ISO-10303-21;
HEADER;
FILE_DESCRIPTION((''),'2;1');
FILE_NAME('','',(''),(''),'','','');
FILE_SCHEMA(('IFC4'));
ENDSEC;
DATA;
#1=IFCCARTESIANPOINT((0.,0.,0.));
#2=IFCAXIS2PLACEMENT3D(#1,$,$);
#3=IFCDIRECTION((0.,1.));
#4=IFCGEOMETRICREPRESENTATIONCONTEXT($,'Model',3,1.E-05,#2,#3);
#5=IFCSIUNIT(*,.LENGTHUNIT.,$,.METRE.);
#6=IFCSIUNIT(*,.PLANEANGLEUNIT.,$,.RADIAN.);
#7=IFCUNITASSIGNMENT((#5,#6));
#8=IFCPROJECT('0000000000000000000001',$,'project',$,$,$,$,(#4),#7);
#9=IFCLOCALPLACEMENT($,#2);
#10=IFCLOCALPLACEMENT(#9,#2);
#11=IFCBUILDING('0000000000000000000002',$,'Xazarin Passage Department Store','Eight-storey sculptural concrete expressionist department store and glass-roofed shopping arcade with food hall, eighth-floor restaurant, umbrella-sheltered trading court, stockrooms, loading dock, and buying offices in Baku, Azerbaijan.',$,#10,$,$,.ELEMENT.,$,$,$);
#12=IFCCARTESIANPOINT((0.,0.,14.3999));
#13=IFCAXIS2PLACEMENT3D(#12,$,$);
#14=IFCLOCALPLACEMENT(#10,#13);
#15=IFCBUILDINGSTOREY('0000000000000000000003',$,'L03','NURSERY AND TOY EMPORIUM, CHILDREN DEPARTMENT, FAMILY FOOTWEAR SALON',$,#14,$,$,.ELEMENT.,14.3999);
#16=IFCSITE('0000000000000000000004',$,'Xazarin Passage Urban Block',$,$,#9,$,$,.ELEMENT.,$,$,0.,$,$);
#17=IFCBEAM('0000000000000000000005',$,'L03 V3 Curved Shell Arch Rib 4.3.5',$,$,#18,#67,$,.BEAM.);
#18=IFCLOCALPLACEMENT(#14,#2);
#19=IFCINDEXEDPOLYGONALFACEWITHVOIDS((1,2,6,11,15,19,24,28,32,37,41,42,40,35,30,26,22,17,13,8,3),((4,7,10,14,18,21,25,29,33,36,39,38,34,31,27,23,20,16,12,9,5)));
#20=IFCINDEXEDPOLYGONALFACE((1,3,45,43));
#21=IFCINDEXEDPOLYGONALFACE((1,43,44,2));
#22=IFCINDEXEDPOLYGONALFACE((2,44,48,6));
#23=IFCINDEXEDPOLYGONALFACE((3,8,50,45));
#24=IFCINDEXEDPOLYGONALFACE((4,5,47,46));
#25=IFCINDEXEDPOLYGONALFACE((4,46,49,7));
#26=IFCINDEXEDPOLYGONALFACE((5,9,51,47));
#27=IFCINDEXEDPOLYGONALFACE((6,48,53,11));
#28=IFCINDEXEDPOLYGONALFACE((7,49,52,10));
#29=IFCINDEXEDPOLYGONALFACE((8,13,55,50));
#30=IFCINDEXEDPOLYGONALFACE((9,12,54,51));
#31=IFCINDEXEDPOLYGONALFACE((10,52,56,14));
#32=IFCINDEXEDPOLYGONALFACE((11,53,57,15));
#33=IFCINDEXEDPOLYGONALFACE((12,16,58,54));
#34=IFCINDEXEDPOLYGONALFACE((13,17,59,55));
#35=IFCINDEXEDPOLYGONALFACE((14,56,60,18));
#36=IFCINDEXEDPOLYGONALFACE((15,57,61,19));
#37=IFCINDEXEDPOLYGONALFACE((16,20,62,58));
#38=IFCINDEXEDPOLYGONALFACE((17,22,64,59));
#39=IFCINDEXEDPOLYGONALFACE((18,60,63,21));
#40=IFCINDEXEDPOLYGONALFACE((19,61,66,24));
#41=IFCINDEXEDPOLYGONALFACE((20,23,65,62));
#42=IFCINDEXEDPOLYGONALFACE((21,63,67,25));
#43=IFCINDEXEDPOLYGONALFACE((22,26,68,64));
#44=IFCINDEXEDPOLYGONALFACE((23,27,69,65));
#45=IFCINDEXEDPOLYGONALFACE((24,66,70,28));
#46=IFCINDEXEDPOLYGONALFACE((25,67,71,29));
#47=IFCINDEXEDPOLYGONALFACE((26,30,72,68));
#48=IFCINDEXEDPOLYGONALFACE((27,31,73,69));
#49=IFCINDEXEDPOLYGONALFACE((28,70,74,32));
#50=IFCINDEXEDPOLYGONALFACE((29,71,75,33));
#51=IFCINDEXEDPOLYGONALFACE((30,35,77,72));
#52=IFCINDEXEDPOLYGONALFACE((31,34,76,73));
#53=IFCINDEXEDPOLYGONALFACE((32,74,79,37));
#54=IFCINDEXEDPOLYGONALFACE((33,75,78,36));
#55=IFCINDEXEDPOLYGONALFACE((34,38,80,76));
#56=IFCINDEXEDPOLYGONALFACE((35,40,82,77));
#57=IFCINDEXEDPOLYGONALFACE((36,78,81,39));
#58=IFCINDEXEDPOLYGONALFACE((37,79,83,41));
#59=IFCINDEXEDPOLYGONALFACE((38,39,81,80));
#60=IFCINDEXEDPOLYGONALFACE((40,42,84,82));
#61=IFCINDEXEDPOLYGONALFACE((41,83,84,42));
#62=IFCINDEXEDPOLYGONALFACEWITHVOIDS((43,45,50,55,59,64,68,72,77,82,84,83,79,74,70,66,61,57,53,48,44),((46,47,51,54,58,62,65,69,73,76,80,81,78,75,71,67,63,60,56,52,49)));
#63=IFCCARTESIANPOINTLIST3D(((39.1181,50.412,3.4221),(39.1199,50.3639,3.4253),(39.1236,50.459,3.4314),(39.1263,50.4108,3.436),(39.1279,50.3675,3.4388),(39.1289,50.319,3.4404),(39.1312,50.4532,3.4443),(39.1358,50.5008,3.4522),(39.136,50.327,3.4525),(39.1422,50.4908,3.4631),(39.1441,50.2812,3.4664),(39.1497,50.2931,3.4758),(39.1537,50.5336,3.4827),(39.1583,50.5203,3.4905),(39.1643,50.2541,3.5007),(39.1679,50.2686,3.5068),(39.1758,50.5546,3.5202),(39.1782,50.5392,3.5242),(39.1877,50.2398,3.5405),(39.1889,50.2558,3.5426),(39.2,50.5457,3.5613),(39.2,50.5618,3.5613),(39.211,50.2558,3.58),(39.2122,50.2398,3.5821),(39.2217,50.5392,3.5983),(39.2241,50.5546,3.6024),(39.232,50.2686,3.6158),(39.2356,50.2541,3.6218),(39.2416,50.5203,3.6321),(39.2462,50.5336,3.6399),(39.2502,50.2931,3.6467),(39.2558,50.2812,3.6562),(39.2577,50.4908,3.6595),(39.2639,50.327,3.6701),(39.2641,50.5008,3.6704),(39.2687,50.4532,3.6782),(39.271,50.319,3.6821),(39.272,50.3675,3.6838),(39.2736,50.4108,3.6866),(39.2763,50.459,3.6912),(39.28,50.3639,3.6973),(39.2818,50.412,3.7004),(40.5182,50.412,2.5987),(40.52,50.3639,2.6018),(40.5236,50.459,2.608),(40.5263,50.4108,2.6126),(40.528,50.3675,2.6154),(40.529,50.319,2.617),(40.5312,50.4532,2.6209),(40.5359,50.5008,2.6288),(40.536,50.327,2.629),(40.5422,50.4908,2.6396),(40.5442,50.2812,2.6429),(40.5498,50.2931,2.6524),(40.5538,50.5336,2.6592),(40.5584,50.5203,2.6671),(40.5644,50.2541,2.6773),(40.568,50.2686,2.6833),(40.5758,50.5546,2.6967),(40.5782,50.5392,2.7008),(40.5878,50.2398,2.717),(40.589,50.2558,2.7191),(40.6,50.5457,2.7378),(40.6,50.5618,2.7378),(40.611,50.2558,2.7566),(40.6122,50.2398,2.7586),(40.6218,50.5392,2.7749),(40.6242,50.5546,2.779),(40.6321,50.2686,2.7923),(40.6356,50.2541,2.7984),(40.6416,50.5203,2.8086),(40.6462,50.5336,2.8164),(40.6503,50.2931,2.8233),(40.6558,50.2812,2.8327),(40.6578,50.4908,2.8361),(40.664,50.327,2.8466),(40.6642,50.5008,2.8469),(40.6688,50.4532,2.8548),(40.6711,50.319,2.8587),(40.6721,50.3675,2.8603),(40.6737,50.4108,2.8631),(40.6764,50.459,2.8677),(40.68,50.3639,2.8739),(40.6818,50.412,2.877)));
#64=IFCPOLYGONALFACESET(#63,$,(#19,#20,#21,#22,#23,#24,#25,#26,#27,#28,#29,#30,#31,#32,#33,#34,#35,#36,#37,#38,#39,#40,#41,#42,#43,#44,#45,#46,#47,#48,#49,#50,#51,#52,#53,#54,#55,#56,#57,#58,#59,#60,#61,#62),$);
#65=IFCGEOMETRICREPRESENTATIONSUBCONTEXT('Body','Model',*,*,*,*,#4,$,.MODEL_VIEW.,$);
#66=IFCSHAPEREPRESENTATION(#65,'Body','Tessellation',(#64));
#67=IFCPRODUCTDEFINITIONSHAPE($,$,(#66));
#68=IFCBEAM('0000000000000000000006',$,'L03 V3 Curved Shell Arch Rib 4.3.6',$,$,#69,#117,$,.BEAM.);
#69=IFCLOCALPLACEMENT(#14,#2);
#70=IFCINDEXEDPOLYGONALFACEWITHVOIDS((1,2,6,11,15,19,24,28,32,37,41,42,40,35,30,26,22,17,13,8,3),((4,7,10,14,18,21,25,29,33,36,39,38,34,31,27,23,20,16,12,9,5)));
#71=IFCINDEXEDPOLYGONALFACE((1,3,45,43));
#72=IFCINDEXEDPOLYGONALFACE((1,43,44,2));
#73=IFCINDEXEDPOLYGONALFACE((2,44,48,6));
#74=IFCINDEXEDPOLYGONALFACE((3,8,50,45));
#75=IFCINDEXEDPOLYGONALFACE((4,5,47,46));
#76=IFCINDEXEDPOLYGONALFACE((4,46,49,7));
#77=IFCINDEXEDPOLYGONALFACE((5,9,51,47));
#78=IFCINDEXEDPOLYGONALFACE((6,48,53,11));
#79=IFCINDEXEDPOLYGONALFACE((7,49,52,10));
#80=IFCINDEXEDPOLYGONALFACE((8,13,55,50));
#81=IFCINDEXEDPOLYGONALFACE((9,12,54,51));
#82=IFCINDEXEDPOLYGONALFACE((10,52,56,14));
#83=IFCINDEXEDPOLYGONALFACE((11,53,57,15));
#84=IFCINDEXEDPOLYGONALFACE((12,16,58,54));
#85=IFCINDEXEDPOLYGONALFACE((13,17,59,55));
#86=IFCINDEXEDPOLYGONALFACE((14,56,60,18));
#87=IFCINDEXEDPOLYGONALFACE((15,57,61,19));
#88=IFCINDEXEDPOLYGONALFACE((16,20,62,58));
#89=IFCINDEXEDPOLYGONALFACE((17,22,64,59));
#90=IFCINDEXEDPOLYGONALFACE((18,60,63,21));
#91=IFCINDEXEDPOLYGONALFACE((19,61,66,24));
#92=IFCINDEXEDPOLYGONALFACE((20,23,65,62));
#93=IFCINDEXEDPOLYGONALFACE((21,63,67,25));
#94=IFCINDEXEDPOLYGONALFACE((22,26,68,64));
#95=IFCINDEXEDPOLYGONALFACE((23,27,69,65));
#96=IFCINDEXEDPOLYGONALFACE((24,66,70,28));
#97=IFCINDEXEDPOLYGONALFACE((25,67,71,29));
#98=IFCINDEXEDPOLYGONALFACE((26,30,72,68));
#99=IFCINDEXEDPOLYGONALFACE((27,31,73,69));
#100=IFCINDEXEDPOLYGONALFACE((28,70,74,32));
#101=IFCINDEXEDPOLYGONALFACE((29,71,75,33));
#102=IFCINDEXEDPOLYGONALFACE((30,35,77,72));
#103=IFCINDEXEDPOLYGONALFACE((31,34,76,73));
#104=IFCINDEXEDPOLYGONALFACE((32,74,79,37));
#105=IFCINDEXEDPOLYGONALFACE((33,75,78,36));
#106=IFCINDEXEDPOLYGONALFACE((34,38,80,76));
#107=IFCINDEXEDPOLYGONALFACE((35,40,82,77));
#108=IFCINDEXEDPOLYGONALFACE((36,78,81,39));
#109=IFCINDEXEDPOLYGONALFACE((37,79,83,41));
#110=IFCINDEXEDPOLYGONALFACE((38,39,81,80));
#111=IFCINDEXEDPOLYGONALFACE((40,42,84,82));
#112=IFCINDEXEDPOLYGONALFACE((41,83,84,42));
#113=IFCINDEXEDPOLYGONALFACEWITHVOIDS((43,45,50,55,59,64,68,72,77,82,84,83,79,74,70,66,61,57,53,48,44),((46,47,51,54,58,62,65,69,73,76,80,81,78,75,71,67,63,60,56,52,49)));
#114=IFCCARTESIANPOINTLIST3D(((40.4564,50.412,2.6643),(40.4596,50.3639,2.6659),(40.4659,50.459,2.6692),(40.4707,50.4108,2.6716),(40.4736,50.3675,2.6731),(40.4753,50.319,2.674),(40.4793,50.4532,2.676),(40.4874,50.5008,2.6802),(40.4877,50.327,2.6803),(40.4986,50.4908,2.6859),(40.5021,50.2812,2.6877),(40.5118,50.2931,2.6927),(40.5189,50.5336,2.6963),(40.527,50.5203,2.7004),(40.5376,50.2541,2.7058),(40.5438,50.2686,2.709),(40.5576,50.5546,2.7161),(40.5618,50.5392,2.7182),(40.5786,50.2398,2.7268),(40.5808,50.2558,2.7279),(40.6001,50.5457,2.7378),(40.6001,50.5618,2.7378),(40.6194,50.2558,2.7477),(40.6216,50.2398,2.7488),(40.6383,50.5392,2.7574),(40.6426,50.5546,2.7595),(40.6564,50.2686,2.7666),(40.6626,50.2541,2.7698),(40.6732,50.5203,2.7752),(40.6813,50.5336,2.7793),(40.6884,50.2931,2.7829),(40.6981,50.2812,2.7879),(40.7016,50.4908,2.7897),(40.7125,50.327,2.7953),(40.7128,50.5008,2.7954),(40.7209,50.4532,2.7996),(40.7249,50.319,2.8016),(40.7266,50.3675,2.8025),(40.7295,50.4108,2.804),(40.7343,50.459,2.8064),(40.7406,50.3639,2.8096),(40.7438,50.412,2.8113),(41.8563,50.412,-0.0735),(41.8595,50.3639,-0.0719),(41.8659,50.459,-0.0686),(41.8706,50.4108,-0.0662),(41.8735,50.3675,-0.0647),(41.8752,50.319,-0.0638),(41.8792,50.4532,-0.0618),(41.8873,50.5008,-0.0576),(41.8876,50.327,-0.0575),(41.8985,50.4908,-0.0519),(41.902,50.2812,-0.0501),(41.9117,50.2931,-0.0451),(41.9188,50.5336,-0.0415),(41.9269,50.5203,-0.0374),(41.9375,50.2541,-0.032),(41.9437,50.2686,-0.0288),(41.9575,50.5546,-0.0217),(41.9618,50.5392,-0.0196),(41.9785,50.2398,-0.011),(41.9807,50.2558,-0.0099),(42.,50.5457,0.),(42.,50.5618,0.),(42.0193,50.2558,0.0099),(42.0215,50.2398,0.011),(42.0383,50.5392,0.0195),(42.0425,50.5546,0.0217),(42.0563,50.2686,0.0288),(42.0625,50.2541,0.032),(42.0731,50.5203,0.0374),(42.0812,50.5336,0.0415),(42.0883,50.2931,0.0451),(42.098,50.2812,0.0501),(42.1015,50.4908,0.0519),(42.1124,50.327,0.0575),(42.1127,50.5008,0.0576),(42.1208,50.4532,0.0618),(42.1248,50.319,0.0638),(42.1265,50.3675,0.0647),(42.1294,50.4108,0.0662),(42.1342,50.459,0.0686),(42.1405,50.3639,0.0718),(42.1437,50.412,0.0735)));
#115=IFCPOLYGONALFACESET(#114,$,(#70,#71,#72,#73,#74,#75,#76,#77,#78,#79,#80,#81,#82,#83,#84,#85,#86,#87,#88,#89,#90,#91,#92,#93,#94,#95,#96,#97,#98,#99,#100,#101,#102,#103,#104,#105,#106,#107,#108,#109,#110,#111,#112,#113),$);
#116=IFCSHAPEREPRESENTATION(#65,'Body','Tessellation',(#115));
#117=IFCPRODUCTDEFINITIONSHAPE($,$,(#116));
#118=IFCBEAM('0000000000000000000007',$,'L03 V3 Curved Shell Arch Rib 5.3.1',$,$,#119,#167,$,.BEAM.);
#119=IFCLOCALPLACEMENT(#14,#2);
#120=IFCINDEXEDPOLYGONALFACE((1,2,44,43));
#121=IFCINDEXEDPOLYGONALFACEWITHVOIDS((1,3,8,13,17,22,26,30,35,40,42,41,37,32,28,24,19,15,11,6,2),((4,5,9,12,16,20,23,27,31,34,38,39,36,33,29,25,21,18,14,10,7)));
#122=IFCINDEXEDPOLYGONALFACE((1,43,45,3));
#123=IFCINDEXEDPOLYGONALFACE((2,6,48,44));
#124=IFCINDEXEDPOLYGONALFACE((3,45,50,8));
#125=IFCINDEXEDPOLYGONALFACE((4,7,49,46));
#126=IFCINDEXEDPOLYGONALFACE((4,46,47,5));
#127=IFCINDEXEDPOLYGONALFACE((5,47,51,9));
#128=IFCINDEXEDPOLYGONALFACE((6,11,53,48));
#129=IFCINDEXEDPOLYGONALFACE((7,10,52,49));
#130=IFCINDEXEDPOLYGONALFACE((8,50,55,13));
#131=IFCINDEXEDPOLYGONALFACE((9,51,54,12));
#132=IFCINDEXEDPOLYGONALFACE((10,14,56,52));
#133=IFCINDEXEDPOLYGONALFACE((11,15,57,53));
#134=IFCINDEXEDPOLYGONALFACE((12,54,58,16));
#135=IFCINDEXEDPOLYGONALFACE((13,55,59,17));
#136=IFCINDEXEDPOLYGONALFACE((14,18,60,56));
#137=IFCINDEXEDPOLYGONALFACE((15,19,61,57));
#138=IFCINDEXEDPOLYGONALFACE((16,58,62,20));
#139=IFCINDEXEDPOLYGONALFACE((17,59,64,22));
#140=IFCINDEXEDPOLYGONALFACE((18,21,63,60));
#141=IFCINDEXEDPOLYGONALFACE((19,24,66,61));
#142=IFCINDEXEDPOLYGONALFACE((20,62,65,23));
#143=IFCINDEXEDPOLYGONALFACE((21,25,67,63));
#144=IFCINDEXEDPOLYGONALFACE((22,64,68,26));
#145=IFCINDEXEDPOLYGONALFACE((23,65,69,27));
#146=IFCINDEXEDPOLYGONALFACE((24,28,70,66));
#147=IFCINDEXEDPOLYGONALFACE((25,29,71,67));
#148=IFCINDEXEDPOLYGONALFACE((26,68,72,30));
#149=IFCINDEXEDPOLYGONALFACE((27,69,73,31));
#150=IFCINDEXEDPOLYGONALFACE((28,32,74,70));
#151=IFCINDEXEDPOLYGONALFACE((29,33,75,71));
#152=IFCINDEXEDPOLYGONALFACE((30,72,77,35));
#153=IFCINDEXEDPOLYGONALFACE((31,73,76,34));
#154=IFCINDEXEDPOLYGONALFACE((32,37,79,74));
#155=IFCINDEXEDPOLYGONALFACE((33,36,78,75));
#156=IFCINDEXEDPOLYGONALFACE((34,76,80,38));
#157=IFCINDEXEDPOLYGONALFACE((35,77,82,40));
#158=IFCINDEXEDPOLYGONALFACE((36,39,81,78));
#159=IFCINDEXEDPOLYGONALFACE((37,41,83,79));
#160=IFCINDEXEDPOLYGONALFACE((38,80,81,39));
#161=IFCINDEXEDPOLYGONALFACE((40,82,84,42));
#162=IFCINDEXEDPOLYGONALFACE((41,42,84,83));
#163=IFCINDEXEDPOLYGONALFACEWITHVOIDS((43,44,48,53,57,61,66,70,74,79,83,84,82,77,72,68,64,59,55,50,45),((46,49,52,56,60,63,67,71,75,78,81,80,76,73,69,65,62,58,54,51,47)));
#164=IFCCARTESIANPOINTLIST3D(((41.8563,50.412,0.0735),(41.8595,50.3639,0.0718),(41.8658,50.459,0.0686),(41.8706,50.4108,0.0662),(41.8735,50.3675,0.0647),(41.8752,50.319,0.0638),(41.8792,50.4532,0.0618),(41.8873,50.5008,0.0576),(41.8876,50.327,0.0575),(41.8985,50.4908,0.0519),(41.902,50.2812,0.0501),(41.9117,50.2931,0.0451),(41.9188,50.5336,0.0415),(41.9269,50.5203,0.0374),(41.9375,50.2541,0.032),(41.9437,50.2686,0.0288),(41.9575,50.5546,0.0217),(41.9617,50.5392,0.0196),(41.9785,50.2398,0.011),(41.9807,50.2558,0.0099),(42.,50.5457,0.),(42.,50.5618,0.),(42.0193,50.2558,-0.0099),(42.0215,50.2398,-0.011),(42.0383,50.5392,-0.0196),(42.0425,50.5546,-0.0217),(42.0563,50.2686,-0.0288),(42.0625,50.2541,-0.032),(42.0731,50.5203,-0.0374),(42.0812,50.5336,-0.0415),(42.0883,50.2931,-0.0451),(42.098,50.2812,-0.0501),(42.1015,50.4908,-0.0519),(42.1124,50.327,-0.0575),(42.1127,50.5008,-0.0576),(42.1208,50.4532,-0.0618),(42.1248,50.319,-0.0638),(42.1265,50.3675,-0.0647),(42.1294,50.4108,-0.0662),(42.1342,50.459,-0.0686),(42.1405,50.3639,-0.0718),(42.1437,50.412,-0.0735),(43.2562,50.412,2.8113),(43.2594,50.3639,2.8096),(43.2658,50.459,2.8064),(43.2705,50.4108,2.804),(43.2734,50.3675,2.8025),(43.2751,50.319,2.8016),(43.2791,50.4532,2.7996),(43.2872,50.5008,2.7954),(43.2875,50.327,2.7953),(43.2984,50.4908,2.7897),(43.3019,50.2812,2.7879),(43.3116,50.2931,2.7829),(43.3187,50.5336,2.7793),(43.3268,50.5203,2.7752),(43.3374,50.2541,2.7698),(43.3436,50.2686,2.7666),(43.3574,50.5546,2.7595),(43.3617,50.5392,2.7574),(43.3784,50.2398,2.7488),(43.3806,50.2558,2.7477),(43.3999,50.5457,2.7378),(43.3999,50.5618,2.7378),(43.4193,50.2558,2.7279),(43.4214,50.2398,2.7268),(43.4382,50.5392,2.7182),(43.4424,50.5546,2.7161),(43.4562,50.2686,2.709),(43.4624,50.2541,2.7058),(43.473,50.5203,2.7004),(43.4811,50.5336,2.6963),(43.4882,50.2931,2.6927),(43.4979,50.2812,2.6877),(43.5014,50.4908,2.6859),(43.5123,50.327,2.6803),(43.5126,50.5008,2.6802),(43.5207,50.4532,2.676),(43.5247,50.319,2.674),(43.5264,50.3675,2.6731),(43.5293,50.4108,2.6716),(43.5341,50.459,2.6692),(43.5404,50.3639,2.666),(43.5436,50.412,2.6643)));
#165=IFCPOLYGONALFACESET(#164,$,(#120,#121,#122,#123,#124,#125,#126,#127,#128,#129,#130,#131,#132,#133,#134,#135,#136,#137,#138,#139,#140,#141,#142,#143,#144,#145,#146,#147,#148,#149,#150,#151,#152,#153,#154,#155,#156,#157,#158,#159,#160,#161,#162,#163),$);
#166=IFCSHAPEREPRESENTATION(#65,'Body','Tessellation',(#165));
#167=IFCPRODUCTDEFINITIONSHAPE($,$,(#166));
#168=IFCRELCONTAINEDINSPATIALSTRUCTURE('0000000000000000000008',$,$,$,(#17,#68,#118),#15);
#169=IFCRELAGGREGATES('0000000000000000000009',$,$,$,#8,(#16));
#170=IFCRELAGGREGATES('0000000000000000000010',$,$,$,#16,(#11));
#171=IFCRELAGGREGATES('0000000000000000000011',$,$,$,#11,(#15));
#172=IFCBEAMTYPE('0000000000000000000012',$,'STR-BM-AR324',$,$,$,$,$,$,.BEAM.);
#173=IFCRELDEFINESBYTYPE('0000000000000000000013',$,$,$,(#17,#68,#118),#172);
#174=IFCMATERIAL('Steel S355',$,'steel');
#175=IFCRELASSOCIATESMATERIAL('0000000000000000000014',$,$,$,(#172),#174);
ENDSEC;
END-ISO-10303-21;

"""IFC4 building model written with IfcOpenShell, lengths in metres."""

from ifc_helpers import new_model, si_unit, direction, frame, origin, origin_2d, place, context, subcontext, project, spatial, hollow_circle, extrude, material, material_profile, profile_set, type_object, element, save


model = new_model("IFC4")

# Units and contexts
model_context = context("Model", 3, precision=1e-05, world=origin(), true_north=direction((0.0, 1.0)))
body_context = subcontext(model_context, "Body", "Model", "MODEL_VIEW")
ifc_project = project(units=[si_unit("LENGTHUNIT", "METRE"), si_unit("PLANEANGLEUNIT", "RADIAN")], contexts=[model_context])

# Site, building, storey
site_placement = place(None, origin())
site = spatial("IfcSite", under=ifc_project, at=site_placement, Name="Xazarin Passage Urban Block", CompositionType="ELEMENT", RefElevation=0.0)
building_placement = place(site_placement, origin())
building = spatial("IfcBuilding", under=site, at=building_placement, Name="Xazarin Passage Department Store", Description="Eight-storey sculptural concrete expressionist department store and glass-roofed shopping arcade with food hall, eighth-floor restaurant, umbrella-sheltered trading court, stockrooms, loading dock, and buying offices in Baku, Azerbaijan.", CompositionType="ELEMENT")
storey_placement = place(building_placement, frame((0.0, 0.0, 14.3999)))
storey = spatial("IfcBuildingStorey", under=building, at=storey_placement, Name="L03", Description="NURSERY AND TOY EMPORIUM, CHILDREN DEPARTMENT, FAMILY FOOTWEAR SALON", CompositionType="ELEMENT", Elevation=14.3999)

# Beams
ifc_material_1 = material(Name="Steel S355", Category="steel")
ifc_material_profile_1 = material_profile(ifc_material_1, hollow_circle(Radius=0.1619, WallThickness=0.0161, at=origin_2d()), Name="CHS 323.9x16")
ifc_profile_set_1 = profile_set([ifc_material_profile_1], Name="Steel S355")
beam_type_1 = type_object("IfcBeamType", Name="STR-BM-AR324", PredefinedType="BEAM", material=ifc_profile_set_1)
beam_1_placement = place(storey_placement, frame((39.2, 50.3999, 3.5613), z_axis=(0.861969, 0.0, -0.506961), x_axis=(0.0, 1.0, 0.0)))
element("IfcBeam", 1, at=beam_1_placement, inside=storey, type_object=beam_type_1, Name="L03 V3 Curved Shell Arch Rib 4.3.5", PredefinedType="BEAM", context=body_context, shape_type="SweptSolid", body=[
    extrude(hollow_circle(Radius=0.1619, WallThickness=0.0161, at=origin_2d()), origin(), (0.0, 0.0, 1.0), 1.6243),
])
for number, where, z_axis, x_axis, name in (
    (2, (40.6001, 50.3999, 2.7378), (0.455262, 0.0, -0.890357), (0.0, 1.0, 0.0), "L03 V3 Curved Shell Arch Rib 4.3.6"),
    (3, (42.0, 50.3999, 0.0), (0.455262, 0.0, 0.890357), (0.0, 1.0, 0.0), "L03 V3 Curved Shell Arch Rib 5.3.1"),
):
    element("IfcBeam", number, at=place(storey_placement, frame(where, z_axis=z_axis, x_axis=x_axis)), inside=storey, type_object=beam_type_1, Name=name, PredefinedType="BEAM", context=body_context, shape_type="SweptSolid", body=[
        extrude(hollow_circle(Radius=0.1619, WallThickness=0.0161, at=origin_2d()), origin(), (0.0, 0.0, 1.0), 3.075),
    ])

save(model, "model.ifc")
